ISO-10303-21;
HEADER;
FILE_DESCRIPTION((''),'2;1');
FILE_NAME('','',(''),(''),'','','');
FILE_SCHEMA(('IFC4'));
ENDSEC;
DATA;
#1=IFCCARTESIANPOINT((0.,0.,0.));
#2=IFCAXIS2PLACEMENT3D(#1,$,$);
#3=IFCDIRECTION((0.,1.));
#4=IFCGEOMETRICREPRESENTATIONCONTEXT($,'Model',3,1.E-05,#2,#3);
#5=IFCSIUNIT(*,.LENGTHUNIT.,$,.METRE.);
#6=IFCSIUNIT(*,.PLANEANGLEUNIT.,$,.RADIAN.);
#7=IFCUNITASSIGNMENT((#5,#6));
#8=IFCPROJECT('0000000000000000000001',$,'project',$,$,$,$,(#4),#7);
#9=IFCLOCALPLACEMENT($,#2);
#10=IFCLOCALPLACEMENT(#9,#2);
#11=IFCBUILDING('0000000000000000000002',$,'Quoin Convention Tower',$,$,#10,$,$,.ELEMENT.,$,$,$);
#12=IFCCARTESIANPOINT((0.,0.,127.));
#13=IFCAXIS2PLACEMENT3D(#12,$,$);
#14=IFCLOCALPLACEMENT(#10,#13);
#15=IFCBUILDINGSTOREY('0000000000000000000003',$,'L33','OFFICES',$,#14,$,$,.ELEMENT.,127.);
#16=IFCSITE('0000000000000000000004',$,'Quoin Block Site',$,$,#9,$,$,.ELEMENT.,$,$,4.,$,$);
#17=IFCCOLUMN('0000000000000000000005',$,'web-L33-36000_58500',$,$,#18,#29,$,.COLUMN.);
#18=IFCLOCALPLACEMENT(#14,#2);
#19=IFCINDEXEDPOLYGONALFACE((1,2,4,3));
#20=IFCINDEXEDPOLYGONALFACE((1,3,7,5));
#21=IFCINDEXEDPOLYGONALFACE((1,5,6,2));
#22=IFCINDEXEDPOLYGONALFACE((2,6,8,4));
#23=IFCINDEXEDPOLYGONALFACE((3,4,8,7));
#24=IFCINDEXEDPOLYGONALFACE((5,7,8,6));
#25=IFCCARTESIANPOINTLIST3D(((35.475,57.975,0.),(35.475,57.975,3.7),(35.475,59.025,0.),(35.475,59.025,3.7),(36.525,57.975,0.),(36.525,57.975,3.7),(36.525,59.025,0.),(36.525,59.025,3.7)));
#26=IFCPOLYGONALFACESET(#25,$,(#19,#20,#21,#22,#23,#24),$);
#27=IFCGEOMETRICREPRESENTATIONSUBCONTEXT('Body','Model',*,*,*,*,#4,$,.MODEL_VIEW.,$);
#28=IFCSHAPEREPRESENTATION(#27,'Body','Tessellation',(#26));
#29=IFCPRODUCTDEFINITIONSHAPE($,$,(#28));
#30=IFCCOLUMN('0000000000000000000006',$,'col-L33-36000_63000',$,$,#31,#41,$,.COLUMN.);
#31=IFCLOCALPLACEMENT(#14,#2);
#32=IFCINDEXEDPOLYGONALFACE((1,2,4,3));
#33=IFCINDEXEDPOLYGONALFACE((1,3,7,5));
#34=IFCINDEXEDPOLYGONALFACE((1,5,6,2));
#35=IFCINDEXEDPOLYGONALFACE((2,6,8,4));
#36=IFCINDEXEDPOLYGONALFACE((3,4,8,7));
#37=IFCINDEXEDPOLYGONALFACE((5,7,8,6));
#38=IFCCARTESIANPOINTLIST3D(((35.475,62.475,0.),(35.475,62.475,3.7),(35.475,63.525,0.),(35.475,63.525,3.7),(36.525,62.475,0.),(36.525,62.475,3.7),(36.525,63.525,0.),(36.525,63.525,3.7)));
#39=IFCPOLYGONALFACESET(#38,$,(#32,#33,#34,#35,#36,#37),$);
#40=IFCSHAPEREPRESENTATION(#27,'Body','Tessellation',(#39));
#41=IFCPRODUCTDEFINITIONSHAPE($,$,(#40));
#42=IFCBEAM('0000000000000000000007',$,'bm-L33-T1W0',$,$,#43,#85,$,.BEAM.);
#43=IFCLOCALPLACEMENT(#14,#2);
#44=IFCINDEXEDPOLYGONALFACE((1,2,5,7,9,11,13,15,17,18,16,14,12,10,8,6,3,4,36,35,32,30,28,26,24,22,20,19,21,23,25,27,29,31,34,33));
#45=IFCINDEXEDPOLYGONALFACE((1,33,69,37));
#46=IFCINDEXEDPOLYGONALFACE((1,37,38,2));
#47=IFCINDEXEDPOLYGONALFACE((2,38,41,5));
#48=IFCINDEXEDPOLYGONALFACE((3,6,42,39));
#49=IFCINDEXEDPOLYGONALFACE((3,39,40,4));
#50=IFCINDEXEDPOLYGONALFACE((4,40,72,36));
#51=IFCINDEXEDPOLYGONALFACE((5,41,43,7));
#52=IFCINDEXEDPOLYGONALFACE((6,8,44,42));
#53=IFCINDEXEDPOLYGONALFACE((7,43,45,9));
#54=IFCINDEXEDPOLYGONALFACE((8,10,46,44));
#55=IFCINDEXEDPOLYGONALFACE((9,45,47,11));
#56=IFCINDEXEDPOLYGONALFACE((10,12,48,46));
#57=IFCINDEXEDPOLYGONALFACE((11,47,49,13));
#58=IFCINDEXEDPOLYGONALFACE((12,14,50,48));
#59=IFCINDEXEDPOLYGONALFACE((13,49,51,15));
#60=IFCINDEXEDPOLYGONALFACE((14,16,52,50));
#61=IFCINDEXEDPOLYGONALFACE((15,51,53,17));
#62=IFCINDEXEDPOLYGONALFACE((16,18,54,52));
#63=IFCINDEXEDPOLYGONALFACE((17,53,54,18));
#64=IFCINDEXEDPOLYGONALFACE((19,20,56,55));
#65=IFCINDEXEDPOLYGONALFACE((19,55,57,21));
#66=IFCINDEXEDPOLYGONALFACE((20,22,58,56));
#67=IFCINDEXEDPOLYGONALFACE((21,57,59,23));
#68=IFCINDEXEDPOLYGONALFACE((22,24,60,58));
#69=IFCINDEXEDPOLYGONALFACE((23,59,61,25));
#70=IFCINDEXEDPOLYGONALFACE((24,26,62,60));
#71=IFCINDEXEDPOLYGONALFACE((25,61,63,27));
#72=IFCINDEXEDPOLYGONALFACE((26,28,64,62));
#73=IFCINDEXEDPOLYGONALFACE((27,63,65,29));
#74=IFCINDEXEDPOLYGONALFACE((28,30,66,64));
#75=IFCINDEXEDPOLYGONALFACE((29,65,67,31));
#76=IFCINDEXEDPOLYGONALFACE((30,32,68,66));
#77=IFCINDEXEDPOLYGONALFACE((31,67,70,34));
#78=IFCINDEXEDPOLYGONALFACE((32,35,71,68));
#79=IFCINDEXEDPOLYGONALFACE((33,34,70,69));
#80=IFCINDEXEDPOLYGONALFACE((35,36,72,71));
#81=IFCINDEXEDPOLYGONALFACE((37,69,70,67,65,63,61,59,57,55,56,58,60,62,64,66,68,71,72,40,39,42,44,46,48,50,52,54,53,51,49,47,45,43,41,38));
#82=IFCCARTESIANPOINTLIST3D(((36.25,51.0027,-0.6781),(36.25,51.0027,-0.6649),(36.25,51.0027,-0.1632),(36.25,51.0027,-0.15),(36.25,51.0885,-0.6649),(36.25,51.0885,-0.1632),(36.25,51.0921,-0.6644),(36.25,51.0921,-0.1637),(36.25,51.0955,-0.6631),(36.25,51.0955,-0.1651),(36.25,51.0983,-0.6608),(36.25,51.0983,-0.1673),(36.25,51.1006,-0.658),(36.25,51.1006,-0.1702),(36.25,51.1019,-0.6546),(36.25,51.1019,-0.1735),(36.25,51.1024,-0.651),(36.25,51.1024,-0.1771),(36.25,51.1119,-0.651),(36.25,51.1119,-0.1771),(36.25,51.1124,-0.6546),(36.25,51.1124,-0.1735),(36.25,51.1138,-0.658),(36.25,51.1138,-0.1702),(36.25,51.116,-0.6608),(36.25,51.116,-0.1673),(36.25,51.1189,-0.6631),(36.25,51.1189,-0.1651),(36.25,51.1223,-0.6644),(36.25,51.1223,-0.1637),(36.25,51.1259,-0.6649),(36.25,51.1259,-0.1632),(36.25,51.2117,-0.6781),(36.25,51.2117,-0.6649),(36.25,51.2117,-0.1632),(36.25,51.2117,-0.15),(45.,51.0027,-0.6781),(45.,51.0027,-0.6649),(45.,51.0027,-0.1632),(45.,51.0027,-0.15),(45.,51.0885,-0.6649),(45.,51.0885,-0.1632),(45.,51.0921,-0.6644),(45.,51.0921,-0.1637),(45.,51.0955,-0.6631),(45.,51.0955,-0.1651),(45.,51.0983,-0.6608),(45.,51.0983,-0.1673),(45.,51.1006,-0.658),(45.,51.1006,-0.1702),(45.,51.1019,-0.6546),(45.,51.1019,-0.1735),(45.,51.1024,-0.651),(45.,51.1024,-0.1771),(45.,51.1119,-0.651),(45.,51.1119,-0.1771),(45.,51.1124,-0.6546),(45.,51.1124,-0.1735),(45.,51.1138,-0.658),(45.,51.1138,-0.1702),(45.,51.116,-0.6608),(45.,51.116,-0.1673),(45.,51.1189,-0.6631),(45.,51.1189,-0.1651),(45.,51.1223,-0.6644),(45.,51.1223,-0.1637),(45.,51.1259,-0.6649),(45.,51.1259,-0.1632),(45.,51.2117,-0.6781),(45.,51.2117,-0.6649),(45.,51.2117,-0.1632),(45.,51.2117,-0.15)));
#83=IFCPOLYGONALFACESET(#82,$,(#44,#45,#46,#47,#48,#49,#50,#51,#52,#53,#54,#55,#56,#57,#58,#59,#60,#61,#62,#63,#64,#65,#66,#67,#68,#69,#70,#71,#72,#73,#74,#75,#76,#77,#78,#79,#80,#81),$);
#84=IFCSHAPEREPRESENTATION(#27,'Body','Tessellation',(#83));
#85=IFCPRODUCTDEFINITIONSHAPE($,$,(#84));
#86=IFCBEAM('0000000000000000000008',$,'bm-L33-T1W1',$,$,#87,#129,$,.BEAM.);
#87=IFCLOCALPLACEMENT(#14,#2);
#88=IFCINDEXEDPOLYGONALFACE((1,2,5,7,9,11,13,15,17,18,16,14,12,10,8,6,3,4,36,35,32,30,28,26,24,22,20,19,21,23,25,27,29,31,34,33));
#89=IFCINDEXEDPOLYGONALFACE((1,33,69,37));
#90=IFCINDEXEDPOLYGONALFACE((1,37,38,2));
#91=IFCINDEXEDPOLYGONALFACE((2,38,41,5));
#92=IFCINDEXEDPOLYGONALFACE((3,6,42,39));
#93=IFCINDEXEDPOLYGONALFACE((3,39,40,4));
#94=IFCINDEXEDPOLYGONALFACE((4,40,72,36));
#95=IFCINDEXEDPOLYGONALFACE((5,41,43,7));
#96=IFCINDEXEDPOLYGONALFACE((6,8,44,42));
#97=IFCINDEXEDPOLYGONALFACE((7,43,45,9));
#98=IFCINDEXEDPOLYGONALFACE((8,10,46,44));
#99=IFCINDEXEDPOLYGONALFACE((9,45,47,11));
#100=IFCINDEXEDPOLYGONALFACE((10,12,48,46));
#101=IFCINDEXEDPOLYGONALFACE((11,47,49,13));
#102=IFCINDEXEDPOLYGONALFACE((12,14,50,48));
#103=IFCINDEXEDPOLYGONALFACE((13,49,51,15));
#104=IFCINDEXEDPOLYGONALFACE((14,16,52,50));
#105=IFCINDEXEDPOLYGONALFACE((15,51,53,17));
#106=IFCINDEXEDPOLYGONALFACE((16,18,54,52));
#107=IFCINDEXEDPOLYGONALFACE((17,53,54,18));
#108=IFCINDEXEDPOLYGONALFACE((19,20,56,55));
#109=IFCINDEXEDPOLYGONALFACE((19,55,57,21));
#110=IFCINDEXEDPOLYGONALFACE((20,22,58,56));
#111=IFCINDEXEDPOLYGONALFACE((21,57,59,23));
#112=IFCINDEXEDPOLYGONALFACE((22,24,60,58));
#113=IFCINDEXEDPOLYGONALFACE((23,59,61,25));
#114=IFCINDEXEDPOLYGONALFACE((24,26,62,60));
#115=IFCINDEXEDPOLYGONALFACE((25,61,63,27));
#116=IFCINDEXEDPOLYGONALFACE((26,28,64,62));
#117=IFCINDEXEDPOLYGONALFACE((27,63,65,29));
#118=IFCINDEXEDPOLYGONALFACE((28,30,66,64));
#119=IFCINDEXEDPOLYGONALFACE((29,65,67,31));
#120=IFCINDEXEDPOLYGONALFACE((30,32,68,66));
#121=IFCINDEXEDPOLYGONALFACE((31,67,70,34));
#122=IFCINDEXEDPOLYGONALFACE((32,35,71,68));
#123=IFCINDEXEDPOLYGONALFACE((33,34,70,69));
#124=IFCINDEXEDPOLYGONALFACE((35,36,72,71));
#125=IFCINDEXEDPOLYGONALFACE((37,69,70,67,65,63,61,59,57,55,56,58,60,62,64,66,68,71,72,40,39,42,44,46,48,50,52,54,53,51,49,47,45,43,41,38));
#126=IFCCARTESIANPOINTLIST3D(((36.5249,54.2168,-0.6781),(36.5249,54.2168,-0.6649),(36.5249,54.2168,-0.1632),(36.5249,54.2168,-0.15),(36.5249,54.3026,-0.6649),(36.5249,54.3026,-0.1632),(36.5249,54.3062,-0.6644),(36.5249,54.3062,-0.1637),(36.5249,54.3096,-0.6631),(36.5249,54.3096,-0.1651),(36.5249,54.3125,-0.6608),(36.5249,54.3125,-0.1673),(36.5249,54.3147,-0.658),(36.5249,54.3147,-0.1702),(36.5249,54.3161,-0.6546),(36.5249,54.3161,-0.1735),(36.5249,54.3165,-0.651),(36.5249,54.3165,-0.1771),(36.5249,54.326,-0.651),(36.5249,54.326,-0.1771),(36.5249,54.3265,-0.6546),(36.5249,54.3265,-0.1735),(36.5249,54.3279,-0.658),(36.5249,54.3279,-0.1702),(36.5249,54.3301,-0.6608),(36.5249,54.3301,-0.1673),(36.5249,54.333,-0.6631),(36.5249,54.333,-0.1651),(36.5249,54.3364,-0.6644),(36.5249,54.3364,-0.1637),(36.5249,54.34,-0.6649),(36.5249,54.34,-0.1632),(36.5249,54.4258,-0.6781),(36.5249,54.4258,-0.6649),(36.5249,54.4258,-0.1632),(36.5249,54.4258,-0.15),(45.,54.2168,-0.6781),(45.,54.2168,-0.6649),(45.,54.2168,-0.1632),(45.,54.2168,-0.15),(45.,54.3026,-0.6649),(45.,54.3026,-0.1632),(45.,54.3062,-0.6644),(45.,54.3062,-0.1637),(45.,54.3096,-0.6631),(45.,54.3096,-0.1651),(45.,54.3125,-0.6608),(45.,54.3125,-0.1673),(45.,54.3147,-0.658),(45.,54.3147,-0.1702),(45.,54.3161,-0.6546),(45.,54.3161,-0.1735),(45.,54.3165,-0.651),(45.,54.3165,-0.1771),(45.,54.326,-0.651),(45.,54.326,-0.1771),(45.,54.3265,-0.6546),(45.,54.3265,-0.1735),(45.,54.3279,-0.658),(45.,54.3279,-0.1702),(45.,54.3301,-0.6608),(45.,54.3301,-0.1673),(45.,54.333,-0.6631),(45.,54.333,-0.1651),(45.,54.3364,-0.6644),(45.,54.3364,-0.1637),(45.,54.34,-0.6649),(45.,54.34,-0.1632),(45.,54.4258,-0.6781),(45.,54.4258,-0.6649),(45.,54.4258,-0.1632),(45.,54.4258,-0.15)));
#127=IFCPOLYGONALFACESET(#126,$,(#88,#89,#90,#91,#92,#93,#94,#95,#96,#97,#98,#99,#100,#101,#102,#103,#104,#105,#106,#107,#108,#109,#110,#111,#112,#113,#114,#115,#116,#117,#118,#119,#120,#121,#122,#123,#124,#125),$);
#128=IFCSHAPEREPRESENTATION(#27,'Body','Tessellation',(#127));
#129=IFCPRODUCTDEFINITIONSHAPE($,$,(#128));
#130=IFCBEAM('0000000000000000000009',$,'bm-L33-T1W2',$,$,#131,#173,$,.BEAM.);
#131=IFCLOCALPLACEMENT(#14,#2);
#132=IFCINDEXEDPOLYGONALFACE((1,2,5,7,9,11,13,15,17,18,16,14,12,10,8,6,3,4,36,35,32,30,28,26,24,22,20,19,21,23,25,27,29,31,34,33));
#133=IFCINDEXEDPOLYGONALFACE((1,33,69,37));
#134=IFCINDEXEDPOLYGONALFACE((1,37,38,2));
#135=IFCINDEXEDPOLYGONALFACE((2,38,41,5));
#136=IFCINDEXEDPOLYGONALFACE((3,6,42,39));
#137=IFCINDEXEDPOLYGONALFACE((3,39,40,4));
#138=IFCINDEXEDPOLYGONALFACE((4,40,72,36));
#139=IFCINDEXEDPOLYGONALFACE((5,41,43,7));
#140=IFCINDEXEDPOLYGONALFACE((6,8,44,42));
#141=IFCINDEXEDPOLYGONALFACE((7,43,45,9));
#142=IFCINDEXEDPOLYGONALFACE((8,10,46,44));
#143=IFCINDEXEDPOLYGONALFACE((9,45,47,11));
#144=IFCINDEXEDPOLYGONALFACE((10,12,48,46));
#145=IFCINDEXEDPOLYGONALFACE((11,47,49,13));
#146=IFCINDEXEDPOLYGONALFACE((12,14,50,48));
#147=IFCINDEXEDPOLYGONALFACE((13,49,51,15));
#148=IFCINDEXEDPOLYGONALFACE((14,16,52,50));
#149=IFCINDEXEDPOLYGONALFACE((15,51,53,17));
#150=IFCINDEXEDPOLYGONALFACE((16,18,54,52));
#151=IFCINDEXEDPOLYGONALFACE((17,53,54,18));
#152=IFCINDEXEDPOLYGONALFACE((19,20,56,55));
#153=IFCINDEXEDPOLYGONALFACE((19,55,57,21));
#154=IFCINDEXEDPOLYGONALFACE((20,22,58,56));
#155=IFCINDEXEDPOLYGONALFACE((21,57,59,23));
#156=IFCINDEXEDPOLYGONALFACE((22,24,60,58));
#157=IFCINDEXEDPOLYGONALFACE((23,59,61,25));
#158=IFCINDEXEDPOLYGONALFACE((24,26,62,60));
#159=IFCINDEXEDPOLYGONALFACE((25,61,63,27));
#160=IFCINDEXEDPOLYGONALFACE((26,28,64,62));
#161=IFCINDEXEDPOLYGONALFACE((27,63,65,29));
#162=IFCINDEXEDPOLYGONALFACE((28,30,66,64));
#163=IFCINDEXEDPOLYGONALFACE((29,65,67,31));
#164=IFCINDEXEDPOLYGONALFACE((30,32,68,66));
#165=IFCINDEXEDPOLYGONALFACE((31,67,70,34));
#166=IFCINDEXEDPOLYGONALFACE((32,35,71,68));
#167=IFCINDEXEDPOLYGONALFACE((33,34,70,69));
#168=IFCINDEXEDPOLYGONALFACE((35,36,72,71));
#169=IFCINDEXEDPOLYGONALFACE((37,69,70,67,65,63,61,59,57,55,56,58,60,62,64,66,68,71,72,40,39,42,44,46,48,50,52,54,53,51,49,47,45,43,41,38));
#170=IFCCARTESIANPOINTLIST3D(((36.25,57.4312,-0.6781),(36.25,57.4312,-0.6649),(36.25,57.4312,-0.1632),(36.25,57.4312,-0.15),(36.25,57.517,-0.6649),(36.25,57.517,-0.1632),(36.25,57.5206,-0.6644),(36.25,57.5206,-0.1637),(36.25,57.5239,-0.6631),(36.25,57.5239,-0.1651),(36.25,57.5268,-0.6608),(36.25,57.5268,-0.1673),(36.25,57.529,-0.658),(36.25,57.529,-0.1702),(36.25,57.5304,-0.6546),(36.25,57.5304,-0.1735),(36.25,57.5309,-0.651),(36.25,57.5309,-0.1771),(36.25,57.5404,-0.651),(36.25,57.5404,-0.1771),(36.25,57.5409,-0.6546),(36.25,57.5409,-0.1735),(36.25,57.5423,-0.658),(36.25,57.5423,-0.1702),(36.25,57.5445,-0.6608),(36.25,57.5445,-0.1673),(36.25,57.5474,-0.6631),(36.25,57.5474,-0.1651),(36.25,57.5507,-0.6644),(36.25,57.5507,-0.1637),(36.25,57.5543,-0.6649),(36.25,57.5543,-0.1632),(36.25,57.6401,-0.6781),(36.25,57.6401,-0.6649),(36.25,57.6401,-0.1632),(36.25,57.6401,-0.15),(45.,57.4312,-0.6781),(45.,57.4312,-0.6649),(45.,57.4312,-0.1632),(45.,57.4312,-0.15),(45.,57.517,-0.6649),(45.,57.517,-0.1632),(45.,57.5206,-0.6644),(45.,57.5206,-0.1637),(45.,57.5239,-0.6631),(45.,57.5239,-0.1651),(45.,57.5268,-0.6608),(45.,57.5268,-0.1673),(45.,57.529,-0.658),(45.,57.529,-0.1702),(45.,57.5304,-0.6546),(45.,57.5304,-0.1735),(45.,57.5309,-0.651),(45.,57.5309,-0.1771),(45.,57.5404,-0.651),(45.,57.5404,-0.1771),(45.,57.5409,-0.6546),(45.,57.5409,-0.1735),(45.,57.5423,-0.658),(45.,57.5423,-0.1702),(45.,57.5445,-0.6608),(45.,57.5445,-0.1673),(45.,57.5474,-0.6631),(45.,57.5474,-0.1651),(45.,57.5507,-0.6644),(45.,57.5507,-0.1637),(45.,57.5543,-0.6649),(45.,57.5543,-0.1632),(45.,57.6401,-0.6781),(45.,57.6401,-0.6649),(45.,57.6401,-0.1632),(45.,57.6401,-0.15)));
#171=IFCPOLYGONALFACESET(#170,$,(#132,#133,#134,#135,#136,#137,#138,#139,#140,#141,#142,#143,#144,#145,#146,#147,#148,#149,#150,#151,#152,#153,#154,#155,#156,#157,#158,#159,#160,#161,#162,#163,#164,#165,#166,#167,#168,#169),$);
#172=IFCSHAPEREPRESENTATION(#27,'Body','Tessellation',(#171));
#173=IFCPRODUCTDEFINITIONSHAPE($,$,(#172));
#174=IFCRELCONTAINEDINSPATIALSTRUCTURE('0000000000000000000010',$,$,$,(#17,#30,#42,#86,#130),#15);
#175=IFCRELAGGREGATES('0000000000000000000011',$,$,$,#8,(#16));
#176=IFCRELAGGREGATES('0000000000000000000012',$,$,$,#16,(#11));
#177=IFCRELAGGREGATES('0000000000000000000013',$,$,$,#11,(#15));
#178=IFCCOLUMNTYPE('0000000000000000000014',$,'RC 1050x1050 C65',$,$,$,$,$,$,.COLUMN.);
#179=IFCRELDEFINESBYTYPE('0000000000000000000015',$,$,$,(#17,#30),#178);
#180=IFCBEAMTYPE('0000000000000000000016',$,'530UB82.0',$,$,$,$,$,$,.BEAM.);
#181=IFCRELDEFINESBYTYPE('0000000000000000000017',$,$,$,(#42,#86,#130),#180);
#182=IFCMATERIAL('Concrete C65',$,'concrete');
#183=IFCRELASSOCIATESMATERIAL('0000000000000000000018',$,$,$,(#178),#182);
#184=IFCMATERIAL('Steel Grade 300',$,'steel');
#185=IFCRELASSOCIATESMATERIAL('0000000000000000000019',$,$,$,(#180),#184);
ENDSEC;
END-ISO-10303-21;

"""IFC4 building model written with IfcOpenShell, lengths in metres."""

from ifc_helpers import new_model, si_unit, direction, frame, origin, origin_2d, place, context, subcontext, project, spatial, rectangle, i_section, extrude, material, material_profile, profile_set, type_object, element, save


model = new_model("IFC4")

# Units and contexts
model_context = context("Model", 3, precision=1e-05, world=origin(), true_north=direction((0.0, 1.0)))
body_context = subcontext(model_context, "Body", "Model", "MODEL_VIEW")
ifc_project = project(units=[si_unit("LENGTHUNIT", "METRE"), si_unit("PLANEANGLEUNIT", "RADIAN")], contexts=[model_context])

# Site, building, storey
site_placement = place(None, origin())
site = spatial("IfcSite", under=ifc_project, at=site_placement, Name="Quoin Block Site", CompositionType="ELEMENT", RefElevation=4.0)
building_placement = place(site_placement, origin())
building = spatial("IfcBuilding", under=site, at=building_placement, Name="Quoin Convention Tower", CompositionType="ELEMENT")
storey_placement = place(building_placement, frame((0.0, 0.0, 127.0)))
storey = spatial("IfcBuildingStorey", under=building, at=storey_placement, Name="L33", Description="OFFICES", CompositionType="ELEMENT", Elevation=127.0)

# Columns
ifc_material_1 = material(Name="Concrete C65", Category="concrete")
ifc_material_profile_1 = material_profile(ifc_material_1, rectangle(XDim=1.05, YDim=1.05, at=origin_2d()), Name="RC 1050x1050")
ifc_profile_set_1 = profile_set([ifc_material_profile_1], Name="Concrete C65")
column_type = type_object("IfcColumnType", Name="RC 1050x1050 C65", PredefinedType="COLUMN", material=ifc_profile_set_1)
for number, where, z_axis, x_axis, name in (
    (1, (36.0, 58.5, 0.0), (0.0, 0.0, 1.0), (1.0, 0.0, 0.0), "web-L33-36000_58500"),
    (2, (36.0, 63.0, 0.0), (0.0, 0.0, 1.0), (1.0, 0.0, 0.0), "col-L33-36000_63000"),
):
    element("IfcColumn", number, at=place(storey_placement, frame(where, z_axis=z_axis, x_axis=x_axis)), inside=storey, type_object=column_type, Name=name, PredefinedType="COLUMN", context=body_context, shape_type="SweptSolid", body=[
        extrude(rectangle(XDim=1.05, YDim=1.05, at=origin_2d()), origin(), (0.0, 0.0, 1.0), 3.7),
    ])

# Beams
ifc_material_2 = material(Name="Steel Grade 300", Category="steel")
ifc_material_profile_2 = material_profile(ifc_material_2, i_section(OverallWidth=0.209, OverallDepth=0.5281, WebThickness=0.0095, FlangeThickness=0.0132, FilletRadius=0.0139, at=origin_2d()), Name="530UB82.0")
ifc_profile_set_2 = profile_set([ifc_material_profile_2], Name="Steel Grade 300")
beam_type_1 = type_object("IfcBeamType", Name="530UB82.0", PredefinedType="BEAM", material=ifc_profile_set_2)
beam_1_placement = place(storey_placement, frame((36.25, 51.1072, -0.4141), z_axis=(1.0, 0.0, 0.0), x_axis=(0.0, 1.0, 0.0)))
element("IfcBeam", 3, at=beam_1_placement, inside=storey, type_object=beam_type_1, Name="bm-L33-T1W0", PredefinedType="BEAM", context=body_context, shape_type="SweptSolid", body=[
    extrude(i_section(OverallWidth=0.209, OverallDepth=0.5281, WebThickness=0.0095, FlangeThickness=0.0132, FilletRadius=0.0139, at=origin_2d()), origin(), (0.0, 0.0, 1.0), 8.75),
])
beam_2_placement = place(storey_placement, frame((36.5249, 54.3213, -0.4141), z_axis=(1.0, 0.0, 0.0), x_axis=(0.0, 1.0, 0.0)))
element("IfcBeam", 4, at=beam_2_placement, inside=storey, type_object=beam_type_1, Name="bm-L33-T1W1", PredefinedType="BEAM", context=body_context, shape_type="SweptSolid", body=[
    extrude(i_section(OverallWidth=0.209, OverallDepth=0.5281, WebThickness=0.0095, FlangeThickness=0.0132, FilletRadius=0.0139, at=origin_2d()), origin(), (0.0, 0.0, 1.0), 8.4751),
])
for number, where, z_axis, x_axis, name in (
    (5, (36.25, 57.5356, -0.4141), (1.0, 0.0, 0.0), (0.0, 1.0, 0.0), "bm-L33-T1W2"),
):
    element("IfcBeam", number, at=place(storey_placement, frame(where, z_axis=z_axis, x_axis=x_axis)), inside=storey, type_object=beam_type_1, Name=name, PredefinedType="BEAM", context=body_context, shape_type="SweptSolid", body=[
        extrude(i_section(OverallWidth=0.209, OverallDepth=0.5281, WebThickness=0.0095, FlangeThickness=0.0132, FilletRadius=0.0139, at=origin_2d()), origin(), (0.0, 0.0, 1.0), 8.75),
    ])

save(model, "model.ifc")
